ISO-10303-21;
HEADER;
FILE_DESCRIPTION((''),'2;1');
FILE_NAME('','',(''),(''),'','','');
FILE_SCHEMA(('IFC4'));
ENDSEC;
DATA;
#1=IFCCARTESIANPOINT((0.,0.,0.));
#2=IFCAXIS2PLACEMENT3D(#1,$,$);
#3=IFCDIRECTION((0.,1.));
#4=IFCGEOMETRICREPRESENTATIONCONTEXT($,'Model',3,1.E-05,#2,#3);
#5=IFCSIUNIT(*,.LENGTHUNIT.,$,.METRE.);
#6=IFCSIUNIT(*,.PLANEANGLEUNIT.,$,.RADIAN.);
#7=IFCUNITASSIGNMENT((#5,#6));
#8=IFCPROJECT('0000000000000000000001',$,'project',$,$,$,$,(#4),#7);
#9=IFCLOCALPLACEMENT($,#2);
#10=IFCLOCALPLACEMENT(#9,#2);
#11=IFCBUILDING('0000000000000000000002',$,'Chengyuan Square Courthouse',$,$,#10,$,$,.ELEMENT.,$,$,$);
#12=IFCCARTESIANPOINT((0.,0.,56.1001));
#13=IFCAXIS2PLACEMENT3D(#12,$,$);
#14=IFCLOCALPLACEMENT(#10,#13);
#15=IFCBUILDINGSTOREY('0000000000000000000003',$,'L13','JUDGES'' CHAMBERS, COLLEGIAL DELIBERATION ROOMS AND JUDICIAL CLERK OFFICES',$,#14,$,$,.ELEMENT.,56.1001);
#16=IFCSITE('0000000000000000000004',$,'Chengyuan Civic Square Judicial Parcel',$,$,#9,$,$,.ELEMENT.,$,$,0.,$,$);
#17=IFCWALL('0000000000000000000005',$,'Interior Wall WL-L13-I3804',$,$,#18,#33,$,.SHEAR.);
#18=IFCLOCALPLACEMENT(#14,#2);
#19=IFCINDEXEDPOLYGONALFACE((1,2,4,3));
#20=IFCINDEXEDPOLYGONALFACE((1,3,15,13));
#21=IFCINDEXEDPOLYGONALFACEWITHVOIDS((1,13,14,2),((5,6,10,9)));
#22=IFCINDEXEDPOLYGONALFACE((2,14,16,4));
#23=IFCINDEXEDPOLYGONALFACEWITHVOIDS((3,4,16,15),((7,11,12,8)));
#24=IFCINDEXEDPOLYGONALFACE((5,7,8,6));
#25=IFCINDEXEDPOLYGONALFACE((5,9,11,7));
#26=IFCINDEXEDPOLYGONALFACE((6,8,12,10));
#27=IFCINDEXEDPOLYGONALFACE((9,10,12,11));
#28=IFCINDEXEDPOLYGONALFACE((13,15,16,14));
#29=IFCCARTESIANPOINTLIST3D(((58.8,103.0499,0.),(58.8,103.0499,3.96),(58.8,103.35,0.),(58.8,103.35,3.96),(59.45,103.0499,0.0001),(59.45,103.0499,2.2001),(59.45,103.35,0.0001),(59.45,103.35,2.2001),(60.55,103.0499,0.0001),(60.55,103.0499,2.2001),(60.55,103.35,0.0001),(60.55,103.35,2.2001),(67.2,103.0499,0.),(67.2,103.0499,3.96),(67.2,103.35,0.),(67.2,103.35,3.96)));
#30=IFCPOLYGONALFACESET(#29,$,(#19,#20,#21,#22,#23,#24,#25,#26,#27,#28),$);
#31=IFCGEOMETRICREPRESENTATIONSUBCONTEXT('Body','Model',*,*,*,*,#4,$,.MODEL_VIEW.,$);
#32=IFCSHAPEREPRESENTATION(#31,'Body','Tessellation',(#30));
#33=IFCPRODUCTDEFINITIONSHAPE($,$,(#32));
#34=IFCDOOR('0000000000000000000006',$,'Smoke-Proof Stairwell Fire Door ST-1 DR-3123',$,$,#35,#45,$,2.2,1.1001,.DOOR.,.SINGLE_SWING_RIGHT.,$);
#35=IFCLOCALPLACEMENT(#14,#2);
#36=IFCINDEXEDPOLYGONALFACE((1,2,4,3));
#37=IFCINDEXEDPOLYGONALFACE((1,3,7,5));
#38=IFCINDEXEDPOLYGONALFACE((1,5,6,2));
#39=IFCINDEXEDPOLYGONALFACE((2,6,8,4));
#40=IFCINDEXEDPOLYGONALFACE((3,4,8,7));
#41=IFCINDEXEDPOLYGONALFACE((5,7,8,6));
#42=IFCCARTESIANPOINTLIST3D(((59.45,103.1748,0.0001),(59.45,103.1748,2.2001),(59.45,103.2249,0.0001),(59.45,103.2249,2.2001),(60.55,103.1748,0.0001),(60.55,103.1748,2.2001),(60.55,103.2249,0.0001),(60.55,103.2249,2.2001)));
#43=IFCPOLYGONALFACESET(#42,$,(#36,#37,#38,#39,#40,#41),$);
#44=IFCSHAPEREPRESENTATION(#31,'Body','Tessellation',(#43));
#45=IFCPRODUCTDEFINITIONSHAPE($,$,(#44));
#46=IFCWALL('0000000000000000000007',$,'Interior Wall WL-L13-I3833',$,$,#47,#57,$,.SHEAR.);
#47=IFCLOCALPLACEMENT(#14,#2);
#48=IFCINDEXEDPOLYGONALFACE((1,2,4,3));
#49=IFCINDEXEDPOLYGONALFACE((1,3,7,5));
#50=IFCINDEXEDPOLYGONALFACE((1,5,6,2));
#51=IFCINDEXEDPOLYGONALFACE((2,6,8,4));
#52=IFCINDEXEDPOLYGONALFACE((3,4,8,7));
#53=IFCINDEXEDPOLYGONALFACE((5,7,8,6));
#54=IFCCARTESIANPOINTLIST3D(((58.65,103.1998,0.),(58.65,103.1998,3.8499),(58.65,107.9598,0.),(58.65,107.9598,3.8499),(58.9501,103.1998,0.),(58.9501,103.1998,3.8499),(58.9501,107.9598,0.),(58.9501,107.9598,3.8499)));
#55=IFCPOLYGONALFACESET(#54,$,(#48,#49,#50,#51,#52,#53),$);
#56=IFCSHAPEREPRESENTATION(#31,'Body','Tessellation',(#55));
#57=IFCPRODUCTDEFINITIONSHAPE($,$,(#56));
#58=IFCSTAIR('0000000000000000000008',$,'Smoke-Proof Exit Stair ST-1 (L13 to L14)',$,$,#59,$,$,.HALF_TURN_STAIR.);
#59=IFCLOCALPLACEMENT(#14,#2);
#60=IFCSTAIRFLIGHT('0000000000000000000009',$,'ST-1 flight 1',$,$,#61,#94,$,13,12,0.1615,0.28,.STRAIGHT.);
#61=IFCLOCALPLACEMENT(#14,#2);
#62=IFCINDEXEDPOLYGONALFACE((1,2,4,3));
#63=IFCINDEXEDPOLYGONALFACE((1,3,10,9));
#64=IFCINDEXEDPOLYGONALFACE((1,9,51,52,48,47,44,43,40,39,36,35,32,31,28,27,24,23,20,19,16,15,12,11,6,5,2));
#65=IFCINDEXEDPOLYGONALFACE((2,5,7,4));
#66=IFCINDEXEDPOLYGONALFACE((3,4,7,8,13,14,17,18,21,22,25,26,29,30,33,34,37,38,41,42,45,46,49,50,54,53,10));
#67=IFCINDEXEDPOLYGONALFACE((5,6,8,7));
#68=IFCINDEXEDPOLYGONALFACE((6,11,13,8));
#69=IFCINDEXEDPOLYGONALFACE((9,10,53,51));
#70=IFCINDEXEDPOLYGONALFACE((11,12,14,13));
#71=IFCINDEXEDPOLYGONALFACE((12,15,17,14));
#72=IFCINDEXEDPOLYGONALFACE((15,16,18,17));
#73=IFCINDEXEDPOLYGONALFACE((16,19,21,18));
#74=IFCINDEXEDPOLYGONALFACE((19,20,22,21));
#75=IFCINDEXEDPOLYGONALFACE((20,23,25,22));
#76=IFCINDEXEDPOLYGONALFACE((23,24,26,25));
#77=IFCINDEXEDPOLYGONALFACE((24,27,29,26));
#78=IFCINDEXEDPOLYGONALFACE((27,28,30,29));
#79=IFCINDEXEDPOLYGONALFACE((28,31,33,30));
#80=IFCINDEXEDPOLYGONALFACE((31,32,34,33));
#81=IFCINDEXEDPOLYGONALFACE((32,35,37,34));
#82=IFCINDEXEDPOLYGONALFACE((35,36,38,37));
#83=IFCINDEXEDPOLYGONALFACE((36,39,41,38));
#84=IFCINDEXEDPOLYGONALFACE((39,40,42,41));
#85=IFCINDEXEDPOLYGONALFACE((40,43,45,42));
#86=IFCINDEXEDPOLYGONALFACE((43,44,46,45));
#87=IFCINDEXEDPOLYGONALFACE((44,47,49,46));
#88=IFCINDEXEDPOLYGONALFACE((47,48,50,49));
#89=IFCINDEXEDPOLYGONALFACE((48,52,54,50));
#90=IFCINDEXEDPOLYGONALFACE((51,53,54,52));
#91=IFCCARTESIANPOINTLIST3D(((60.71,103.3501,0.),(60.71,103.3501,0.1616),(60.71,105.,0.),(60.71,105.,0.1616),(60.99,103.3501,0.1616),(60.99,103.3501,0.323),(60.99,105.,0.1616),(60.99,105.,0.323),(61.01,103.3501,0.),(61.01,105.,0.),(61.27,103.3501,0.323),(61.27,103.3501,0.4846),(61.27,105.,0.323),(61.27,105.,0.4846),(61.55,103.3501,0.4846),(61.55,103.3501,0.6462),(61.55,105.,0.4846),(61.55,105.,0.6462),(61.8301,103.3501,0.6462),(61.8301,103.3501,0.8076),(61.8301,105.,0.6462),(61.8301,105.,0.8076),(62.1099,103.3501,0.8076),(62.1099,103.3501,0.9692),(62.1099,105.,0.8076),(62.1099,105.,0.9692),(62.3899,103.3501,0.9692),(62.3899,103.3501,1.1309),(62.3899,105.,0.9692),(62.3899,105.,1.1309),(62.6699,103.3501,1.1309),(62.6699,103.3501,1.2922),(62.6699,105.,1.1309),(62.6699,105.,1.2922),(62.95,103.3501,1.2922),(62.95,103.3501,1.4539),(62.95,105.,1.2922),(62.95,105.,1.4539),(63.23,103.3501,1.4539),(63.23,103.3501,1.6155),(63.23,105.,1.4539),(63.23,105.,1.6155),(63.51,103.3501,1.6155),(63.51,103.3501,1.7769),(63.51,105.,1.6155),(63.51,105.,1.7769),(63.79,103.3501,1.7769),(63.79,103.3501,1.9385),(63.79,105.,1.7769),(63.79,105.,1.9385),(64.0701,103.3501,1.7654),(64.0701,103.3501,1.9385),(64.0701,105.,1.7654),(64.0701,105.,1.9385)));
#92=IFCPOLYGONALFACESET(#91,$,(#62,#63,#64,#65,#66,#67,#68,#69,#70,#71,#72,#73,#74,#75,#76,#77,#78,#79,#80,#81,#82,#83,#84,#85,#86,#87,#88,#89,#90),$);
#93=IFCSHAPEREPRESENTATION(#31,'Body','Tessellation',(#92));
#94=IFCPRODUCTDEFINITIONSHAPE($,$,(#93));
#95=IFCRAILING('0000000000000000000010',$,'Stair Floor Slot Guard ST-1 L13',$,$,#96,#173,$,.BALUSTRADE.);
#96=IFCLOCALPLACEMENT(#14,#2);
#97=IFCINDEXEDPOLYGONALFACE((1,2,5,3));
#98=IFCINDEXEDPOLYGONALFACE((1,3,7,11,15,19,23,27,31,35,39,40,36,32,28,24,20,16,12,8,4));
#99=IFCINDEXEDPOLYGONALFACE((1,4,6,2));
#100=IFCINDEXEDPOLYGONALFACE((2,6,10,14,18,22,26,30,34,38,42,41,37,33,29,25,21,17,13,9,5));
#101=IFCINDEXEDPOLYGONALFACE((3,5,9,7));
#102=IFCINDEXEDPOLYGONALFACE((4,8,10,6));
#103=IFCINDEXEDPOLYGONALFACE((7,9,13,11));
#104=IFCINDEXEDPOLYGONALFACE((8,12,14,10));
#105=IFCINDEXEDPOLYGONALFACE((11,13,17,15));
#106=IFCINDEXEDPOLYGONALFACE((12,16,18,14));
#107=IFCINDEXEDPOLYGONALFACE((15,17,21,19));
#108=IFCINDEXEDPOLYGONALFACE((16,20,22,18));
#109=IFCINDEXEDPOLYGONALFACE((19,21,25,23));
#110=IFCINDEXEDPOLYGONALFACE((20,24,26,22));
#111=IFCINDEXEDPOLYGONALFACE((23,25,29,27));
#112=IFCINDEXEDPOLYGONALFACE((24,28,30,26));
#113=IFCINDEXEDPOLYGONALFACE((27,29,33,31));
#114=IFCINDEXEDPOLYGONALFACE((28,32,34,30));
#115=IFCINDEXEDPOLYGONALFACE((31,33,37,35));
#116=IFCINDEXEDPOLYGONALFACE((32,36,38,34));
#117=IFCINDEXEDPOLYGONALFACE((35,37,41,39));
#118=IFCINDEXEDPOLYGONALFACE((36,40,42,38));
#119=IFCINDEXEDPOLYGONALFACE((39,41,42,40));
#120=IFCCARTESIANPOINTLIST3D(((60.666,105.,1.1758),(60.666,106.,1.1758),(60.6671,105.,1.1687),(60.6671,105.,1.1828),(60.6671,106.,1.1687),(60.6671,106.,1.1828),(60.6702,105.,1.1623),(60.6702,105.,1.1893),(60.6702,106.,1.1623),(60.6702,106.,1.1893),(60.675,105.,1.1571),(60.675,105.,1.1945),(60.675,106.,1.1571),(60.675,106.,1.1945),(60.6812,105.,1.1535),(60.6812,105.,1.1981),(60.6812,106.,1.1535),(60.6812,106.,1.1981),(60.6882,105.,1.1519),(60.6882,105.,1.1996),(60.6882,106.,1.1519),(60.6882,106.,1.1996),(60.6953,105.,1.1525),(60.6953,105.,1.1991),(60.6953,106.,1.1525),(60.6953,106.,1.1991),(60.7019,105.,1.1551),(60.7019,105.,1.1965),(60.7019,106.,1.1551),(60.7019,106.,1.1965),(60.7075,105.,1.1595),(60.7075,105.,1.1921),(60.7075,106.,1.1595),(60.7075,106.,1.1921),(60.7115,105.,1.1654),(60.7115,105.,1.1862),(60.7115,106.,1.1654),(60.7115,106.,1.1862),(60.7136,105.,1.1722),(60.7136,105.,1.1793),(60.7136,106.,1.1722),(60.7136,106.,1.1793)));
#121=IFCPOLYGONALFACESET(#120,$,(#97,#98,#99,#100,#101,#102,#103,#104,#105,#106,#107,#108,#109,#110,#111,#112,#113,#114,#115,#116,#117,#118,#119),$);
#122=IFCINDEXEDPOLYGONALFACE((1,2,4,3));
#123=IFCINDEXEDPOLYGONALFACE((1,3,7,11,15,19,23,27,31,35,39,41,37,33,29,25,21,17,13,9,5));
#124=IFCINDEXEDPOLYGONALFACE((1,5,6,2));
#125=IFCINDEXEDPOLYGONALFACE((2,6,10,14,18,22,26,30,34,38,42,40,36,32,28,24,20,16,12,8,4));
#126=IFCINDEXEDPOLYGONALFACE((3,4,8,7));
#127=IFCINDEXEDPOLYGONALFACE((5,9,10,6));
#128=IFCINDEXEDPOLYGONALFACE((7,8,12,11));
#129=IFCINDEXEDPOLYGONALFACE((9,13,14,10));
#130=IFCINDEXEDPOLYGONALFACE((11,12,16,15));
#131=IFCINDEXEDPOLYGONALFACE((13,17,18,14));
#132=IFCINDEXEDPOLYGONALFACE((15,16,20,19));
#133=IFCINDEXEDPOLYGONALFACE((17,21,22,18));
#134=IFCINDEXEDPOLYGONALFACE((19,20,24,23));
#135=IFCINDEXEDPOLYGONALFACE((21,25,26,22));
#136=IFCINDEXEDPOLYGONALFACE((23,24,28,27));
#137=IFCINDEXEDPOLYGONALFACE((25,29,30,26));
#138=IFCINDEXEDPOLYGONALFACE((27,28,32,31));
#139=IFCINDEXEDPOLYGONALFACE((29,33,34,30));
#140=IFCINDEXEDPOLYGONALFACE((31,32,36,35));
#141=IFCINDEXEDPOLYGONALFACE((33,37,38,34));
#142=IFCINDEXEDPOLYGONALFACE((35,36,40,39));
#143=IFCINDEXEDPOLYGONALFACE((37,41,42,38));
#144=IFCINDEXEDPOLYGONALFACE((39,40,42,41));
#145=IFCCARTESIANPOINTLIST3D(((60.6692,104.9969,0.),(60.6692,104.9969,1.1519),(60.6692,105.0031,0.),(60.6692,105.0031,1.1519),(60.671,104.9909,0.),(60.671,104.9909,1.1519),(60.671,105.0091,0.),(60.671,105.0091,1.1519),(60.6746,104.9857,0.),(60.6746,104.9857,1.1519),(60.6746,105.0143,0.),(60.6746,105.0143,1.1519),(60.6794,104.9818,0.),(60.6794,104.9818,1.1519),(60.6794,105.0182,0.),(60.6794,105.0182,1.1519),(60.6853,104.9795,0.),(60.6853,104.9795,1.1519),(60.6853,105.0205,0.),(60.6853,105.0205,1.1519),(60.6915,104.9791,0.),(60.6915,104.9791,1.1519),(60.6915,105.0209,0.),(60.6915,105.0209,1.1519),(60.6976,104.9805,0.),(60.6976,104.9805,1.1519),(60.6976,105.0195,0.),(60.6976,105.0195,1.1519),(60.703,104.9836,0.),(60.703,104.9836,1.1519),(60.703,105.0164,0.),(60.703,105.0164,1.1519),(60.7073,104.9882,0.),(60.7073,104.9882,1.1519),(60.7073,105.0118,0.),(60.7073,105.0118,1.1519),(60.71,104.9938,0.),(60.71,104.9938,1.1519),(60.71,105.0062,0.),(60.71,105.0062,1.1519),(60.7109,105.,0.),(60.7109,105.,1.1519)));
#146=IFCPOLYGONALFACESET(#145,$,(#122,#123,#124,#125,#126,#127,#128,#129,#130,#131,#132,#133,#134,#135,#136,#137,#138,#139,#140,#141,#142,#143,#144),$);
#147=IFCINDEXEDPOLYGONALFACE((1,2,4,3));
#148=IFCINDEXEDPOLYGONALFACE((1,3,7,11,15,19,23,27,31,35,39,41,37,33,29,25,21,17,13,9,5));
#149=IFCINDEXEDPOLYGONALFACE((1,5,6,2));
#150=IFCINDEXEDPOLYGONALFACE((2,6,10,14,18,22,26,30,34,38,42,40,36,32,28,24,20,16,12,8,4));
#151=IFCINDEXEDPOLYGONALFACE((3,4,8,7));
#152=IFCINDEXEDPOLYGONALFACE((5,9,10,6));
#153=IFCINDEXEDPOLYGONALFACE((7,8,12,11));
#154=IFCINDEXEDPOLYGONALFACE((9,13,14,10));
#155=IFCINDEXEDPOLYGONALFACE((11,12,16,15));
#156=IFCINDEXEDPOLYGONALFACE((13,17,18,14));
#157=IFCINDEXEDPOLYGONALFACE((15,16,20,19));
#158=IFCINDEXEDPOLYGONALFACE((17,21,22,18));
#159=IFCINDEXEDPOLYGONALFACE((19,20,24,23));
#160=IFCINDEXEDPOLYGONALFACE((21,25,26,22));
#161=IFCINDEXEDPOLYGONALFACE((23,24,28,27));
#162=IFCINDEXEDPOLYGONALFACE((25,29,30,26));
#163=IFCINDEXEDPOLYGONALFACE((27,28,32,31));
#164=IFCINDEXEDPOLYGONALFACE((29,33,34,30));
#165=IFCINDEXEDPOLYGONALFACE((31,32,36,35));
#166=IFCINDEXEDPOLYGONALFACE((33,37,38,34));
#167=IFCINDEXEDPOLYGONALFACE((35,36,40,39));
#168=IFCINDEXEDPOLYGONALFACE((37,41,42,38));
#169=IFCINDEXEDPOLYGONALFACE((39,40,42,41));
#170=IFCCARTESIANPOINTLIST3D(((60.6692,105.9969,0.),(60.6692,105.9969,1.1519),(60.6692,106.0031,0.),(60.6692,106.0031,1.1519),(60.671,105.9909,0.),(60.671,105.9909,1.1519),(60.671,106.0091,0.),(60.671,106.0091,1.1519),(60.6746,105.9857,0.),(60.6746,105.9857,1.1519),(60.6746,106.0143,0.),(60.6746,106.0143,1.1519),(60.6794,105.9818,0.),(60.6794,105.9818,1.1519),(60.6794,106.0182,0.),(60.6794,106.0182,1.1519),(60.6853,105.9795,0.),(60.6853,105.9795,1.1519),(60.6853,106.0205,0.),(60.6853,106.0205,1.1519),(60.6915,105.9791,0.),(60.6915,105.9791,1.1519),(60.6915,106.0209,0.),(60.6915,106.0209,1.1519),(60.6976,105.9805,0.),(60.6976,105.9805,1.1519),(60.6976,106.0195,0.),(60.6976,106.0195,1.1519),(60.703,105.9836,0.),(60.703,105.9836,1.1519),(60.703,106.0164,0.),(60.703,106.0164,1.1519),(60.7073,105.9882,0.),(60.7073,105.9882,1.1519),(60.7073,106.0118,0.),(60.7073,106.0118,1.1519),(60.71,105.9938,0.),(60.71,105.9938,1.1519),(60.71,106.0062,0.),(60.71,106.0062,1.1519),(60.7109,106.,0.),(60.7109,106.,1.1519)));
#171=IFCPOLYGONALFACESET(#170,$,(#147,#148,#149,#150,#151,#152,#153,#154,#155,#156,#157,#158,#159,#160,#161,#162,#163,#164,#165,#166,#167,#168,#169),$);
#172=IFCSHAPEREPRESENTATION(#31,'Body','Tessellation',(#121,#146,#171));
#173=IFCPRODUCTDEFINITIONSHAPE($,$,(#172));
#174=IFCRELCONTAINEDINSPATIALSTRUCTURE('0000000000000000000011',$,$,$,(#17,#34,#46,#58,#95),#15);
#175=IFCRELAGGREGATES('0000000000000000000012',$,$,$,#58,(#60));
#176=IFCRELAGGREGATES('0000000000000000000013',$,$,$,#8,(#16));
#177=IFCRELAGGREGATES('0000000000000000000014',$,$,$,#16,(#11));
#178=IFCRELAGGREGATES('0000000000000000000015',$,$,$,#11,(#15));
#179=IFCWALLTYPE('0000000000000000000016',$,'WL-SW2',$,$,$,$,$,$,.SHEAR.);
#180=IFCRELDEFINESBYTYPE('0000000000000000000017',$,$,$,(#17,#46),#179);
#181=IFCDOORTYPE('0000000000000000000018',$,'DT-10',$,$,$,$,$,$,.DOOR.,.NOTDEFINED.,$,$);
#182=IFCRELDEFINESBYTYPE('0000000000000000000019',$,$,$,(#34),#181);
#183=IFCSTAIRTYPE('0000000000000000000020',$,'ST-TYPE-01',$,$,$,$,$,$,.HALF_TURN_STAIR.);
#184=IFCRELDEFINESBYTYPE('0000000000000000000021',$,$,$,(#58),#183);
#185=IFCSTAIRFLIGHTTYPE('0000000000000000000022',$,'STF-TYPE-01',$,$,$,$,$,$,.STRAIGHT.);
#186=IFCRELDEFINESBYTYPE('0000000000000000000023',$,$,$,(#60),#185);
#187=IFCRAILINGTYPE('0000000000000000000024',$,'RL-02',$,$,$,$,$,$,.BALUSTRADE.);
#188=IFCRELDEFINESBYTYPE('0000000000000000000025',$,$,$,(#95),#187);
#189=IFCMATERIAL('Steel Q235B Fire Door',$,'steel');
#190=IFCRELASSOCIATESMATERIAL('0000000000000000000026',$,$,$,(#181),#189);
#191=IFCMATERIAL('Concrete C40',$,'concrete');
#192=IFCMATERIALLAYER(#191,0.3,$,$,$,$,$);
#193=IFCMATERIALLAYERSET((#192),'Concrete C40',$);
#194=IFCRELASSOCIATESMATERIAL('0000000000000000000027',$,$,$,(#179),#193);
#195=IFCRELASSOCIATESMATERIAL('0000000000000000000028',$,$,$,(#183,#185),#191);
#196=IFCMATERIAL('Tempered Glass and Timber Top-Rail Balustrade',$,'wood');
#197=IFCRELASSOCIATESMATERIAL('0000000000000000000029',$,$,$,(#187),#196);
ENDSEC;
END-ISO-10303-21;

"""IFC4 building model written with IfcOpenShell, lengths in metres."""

from ifc_helpers import new_model, si_unit, direction, frame, frame_2d, origin, origin_2d, place, context, subcontext, project, spatial, polyline, rectangle, circle, outline, extrude, material, layer, layer_set, type_object, element, fill, aggregate, save


model = new_model("IFC4")

# Units and contexts
model_context = context("Model", 3, precision=1e-05, world=origin(), true_north=direction((0.0, 1.0)))
body_context = subcontext(model_context, "Body", "Model", "MODEL_VIEW")
ifc_project = project(units=[si_unit("LENGTHUNIT", "METRE"), si_unit("PLANEANGLEUNIT", "RADIAN")], contexts=[model_context])

# Site, building, storey
site_placement = place(None, origin())
site = spatial("IfcSite", under=ifc_project, at=site_placement, Name="Chengyuan Civic Square Judicial Parcel", CompositionType="ELEMENT", RefElevation=0.0)
building_placement = place(site_placement, origin())
building = spatial("IfcBuilding", under=site, at=building_placement, Name="Chengyuan Square Courthouse", CompositionType="ELEMENT")
storey_placement = place(building_placement, frame((0.0, 0.0, 56.1001)))
storey = spatial("IfcBuildingStorey", under=building, at=storey_placement, Name="L13", Description="JUDGES' CHAMBERS, COLLEGIAL DELIBERATION ROOMS AND JUDICIAL CLERK OFFICES", CompositionType="ELEMENT", Elevation=56.1001)

# Shared definitions
ifc_material_1 = material(Name="Concrete C40", Category="concrete")

# Shared definitions
ifc_material_2 = material(Name="Steel Q235B Fire Door", Category="steel")
door_type_1 = type_object("IfcDoorType", Name="DT-10", OperationType="NOTDEFINED", PredefinedType="DOOR", material=ifc_material_2)

# Shared definitions
ifc_layer_1 = layer(ifc_material_1, 0.3)
ifc_layer_set_1 = layer_set([ifc_layer_1], Name="Concrete C40")
wall_type_1 = type_object("IfcWallType", Name="WL-SW2", PredefinedType="SHEAR", material=ifc_layer_set_1)

# Wall, opening, door
wall_1_placement = place(storey_placement, frame((58.8, 103.2, 0.0), z_axis=(0.0, 0.0, 1.0), x_axis=(1.0, 0.0, 0.0)))
wall_1 = element("IfcWall", 1, at=wall_1_placement, inside=storey, type_object=wall_type_1, Name="Interior Wall WL-L13-I3804", PredefinedType="SHEAR", context=body_context, shape_type="SweptSolid", body=[
    extrude(rectangle(XDim=8.3999, YDim=0.3, at=frame_2d((4.2, 0.0))), origin(), (0.0, 0.0, 1.0), 3.96),
])
opening_1_placement = place(wall_1_placement, frame((0.6499, 0.0, 0.0)))
opening_1 = element("IfcOpeningElement", 2, at=opening_1_placement, cuts=wall_1, PredefinedType="OPENING", context=body_context, shape_type="SweptSolid", body=[
    extrude(rectangle(XDim=1.1001, YDim=2.2, at=frame_2d((0.55, 1.1001))), frame((0.0, 0.1621, 0.0), z_axis=(0.0, -1.0, 0.0), x_axis=(1.0, 0.0, 0.0)), (0.0, 0.0, 1.0), 0.324),
])
door_1_placement = place(opening_1_placement, origin())
door_1 = element("IfcDoor", 3, at=door_1_placement, inside=storey, type_object=door_type_1, Name="Smoke-Proof Stairwell Fire Door ST-1 DR-3123", OperationType="SINGLE_SWING_RIGHT", OverallHeight=2.2, OverallWidth=1.1001, PredefinedType="DOOR", context=body_context, shape_type="SweptSolid", body=[
    extrude(rectangle(XDim=1.1001, YDim=2.2, at=frame_2d((0.55, 1.1001))), frame((0.0, 0.0249, 0.0), z_axis=(0.0, -1.0, 0.0), x_axis=(1.0, 0.0, 0.0)), (0.0, 0.0, 1.0), 0.05),
])
fill(opening_1, door_1)

# Wall
wall_2_placement = place(storey_placement, frame((58.8, 103.2, 0.0), z_axis=(0.0, 0.0, 1.0), x_axis=(0.0, 1.0, 0.0)))
element("IfcWall", 4, at=wall_2_placement, inside=storey, type_object=wall_type_1, Name="Interior Wall WL-L13-I3833", PredefinedType="SHEAR", context=body_context, shape_type="SweptSolid", body=[
    extrude(rectangle(XDim=4.76, YDim=0.3, at=frame_2d((2.3799, 0.0))), origin(), (0.0, 0.0, 1.0), 3.8499),
])

# Stair, stair flight
stair_type = type_object("IfcStairType", Name="ST-TYPE-01", PredefinedType="HALF_TURN_STAIR", material=ifc_material_1)
stair_placement = place(storey_placement, origin())
stair = element("IfcStair", 5, at=stair_placement, inside=storey, type_object=stair_type, Name="Smoke-Proof Exit Stair ST-1 (L13 to L14)", PredefinedType="HALF_TURN_STAIR")
stair_flight_type = type_object("IfcStairFlightType", Name="STF-TYPE-01", PredefinedType="STRAIGHT", material=ifc_material_1)
stair_flight_placement = place(storey_placement, frame((60.71, 104.175, 0.0), z_axis=(0.0, 0.0, 1.0), x_axis=(1.0, 0.0, 0.0)))
stair_flight = element("IfcStairFlight", 6, at=stair_flight_placement, type_object=stair_flight_type, Name="ST-1 flight 1", NumberOfRisers=13, NumberOfTreads=12, PredefinedType="STRAIGHT", RiserHeight=0.1615, TreadLength=0.28, context=body_context, shape_type="SweptSolid", body=[
    extrude(outline(polyline([(0.0, 0.0), (0.0, 0.1616), (0.28, 0.1616), (0.28, 0.323), (0.5601, 0.323), (0.5601, 0.4846), (0.8401, 0.4846), (0.8401, 0.6462), (1.1201, 0.6462), (1.1201, 0.8076), (1.3999, 0.8076), (1.3999, 0.9692), (1.6799, 0.9692), (1.6799, 1.1309), (1.96, 1.1309), (1.96, 1.2922), (2.24, 1.2922), (2.24, 1.4539), (2.52, 1.4539), (2.52, 1.6155), (2.8, 1.6155), (2.8, 1.7769), (3.0801, 1.7769), (3.0801, 1.9385), (3.3601, 1.9385), (3.3601, 2.1001), (3.3601, 1.7654), (0.3, 0.0), (0.0, 0.0)])), frame((0.0, 0.825, 0.0), z_axis=(0.0, -1.0, 0.0), x_axis=(1.0, 0.0, 0.0)), (0.0, 0.0, 1.0), 1.6499),
])
aggregate(stair, [stair_flight])

# Railing
ifc_material_3 = material(Name="Tempered Glass and Timber Top-Rail Balustrade", Category="wood")
railing_type_1 = type_object("IfcRailingType", Name="RL-02", PredefinedType="BALUSTRADE", material=ifc_material_3)
for number, where, name in (
    (7, (60.6899, 105.0, 0.0), "Stair Floor Slot Guard ST-1 L13"),
):
    element("IfcRailing", number, at=place(storey_placement, frame(where)), inside=storey, type_object=railing_type_1, Name=name, PredefinedType="BALUSTRADE", context=body_context, shape_type="SweptSolid", body=[
        extrude(circle(Radius=0.0239, at=origin_2d()), frame((0.0, 0.0, 1.1758), z_axis=(0.0, 1.0, 0.0), x_axis=(-1.0, 0.0, 0.0)), (0.0, 0.0, 1.0), 1.0),
        extrude(circle(Radius=0.021, at=origin_2d()), origin(), (0.0, 0.0, 1.0), 1.1519),
        extrude(circle(Radius=0.021, at=origin_2d()), frame((0.0, 1.0, 0.0)), (0.0, 0.0, 1.0), 1.1519),
    ])

save(model, "model.ifc")
